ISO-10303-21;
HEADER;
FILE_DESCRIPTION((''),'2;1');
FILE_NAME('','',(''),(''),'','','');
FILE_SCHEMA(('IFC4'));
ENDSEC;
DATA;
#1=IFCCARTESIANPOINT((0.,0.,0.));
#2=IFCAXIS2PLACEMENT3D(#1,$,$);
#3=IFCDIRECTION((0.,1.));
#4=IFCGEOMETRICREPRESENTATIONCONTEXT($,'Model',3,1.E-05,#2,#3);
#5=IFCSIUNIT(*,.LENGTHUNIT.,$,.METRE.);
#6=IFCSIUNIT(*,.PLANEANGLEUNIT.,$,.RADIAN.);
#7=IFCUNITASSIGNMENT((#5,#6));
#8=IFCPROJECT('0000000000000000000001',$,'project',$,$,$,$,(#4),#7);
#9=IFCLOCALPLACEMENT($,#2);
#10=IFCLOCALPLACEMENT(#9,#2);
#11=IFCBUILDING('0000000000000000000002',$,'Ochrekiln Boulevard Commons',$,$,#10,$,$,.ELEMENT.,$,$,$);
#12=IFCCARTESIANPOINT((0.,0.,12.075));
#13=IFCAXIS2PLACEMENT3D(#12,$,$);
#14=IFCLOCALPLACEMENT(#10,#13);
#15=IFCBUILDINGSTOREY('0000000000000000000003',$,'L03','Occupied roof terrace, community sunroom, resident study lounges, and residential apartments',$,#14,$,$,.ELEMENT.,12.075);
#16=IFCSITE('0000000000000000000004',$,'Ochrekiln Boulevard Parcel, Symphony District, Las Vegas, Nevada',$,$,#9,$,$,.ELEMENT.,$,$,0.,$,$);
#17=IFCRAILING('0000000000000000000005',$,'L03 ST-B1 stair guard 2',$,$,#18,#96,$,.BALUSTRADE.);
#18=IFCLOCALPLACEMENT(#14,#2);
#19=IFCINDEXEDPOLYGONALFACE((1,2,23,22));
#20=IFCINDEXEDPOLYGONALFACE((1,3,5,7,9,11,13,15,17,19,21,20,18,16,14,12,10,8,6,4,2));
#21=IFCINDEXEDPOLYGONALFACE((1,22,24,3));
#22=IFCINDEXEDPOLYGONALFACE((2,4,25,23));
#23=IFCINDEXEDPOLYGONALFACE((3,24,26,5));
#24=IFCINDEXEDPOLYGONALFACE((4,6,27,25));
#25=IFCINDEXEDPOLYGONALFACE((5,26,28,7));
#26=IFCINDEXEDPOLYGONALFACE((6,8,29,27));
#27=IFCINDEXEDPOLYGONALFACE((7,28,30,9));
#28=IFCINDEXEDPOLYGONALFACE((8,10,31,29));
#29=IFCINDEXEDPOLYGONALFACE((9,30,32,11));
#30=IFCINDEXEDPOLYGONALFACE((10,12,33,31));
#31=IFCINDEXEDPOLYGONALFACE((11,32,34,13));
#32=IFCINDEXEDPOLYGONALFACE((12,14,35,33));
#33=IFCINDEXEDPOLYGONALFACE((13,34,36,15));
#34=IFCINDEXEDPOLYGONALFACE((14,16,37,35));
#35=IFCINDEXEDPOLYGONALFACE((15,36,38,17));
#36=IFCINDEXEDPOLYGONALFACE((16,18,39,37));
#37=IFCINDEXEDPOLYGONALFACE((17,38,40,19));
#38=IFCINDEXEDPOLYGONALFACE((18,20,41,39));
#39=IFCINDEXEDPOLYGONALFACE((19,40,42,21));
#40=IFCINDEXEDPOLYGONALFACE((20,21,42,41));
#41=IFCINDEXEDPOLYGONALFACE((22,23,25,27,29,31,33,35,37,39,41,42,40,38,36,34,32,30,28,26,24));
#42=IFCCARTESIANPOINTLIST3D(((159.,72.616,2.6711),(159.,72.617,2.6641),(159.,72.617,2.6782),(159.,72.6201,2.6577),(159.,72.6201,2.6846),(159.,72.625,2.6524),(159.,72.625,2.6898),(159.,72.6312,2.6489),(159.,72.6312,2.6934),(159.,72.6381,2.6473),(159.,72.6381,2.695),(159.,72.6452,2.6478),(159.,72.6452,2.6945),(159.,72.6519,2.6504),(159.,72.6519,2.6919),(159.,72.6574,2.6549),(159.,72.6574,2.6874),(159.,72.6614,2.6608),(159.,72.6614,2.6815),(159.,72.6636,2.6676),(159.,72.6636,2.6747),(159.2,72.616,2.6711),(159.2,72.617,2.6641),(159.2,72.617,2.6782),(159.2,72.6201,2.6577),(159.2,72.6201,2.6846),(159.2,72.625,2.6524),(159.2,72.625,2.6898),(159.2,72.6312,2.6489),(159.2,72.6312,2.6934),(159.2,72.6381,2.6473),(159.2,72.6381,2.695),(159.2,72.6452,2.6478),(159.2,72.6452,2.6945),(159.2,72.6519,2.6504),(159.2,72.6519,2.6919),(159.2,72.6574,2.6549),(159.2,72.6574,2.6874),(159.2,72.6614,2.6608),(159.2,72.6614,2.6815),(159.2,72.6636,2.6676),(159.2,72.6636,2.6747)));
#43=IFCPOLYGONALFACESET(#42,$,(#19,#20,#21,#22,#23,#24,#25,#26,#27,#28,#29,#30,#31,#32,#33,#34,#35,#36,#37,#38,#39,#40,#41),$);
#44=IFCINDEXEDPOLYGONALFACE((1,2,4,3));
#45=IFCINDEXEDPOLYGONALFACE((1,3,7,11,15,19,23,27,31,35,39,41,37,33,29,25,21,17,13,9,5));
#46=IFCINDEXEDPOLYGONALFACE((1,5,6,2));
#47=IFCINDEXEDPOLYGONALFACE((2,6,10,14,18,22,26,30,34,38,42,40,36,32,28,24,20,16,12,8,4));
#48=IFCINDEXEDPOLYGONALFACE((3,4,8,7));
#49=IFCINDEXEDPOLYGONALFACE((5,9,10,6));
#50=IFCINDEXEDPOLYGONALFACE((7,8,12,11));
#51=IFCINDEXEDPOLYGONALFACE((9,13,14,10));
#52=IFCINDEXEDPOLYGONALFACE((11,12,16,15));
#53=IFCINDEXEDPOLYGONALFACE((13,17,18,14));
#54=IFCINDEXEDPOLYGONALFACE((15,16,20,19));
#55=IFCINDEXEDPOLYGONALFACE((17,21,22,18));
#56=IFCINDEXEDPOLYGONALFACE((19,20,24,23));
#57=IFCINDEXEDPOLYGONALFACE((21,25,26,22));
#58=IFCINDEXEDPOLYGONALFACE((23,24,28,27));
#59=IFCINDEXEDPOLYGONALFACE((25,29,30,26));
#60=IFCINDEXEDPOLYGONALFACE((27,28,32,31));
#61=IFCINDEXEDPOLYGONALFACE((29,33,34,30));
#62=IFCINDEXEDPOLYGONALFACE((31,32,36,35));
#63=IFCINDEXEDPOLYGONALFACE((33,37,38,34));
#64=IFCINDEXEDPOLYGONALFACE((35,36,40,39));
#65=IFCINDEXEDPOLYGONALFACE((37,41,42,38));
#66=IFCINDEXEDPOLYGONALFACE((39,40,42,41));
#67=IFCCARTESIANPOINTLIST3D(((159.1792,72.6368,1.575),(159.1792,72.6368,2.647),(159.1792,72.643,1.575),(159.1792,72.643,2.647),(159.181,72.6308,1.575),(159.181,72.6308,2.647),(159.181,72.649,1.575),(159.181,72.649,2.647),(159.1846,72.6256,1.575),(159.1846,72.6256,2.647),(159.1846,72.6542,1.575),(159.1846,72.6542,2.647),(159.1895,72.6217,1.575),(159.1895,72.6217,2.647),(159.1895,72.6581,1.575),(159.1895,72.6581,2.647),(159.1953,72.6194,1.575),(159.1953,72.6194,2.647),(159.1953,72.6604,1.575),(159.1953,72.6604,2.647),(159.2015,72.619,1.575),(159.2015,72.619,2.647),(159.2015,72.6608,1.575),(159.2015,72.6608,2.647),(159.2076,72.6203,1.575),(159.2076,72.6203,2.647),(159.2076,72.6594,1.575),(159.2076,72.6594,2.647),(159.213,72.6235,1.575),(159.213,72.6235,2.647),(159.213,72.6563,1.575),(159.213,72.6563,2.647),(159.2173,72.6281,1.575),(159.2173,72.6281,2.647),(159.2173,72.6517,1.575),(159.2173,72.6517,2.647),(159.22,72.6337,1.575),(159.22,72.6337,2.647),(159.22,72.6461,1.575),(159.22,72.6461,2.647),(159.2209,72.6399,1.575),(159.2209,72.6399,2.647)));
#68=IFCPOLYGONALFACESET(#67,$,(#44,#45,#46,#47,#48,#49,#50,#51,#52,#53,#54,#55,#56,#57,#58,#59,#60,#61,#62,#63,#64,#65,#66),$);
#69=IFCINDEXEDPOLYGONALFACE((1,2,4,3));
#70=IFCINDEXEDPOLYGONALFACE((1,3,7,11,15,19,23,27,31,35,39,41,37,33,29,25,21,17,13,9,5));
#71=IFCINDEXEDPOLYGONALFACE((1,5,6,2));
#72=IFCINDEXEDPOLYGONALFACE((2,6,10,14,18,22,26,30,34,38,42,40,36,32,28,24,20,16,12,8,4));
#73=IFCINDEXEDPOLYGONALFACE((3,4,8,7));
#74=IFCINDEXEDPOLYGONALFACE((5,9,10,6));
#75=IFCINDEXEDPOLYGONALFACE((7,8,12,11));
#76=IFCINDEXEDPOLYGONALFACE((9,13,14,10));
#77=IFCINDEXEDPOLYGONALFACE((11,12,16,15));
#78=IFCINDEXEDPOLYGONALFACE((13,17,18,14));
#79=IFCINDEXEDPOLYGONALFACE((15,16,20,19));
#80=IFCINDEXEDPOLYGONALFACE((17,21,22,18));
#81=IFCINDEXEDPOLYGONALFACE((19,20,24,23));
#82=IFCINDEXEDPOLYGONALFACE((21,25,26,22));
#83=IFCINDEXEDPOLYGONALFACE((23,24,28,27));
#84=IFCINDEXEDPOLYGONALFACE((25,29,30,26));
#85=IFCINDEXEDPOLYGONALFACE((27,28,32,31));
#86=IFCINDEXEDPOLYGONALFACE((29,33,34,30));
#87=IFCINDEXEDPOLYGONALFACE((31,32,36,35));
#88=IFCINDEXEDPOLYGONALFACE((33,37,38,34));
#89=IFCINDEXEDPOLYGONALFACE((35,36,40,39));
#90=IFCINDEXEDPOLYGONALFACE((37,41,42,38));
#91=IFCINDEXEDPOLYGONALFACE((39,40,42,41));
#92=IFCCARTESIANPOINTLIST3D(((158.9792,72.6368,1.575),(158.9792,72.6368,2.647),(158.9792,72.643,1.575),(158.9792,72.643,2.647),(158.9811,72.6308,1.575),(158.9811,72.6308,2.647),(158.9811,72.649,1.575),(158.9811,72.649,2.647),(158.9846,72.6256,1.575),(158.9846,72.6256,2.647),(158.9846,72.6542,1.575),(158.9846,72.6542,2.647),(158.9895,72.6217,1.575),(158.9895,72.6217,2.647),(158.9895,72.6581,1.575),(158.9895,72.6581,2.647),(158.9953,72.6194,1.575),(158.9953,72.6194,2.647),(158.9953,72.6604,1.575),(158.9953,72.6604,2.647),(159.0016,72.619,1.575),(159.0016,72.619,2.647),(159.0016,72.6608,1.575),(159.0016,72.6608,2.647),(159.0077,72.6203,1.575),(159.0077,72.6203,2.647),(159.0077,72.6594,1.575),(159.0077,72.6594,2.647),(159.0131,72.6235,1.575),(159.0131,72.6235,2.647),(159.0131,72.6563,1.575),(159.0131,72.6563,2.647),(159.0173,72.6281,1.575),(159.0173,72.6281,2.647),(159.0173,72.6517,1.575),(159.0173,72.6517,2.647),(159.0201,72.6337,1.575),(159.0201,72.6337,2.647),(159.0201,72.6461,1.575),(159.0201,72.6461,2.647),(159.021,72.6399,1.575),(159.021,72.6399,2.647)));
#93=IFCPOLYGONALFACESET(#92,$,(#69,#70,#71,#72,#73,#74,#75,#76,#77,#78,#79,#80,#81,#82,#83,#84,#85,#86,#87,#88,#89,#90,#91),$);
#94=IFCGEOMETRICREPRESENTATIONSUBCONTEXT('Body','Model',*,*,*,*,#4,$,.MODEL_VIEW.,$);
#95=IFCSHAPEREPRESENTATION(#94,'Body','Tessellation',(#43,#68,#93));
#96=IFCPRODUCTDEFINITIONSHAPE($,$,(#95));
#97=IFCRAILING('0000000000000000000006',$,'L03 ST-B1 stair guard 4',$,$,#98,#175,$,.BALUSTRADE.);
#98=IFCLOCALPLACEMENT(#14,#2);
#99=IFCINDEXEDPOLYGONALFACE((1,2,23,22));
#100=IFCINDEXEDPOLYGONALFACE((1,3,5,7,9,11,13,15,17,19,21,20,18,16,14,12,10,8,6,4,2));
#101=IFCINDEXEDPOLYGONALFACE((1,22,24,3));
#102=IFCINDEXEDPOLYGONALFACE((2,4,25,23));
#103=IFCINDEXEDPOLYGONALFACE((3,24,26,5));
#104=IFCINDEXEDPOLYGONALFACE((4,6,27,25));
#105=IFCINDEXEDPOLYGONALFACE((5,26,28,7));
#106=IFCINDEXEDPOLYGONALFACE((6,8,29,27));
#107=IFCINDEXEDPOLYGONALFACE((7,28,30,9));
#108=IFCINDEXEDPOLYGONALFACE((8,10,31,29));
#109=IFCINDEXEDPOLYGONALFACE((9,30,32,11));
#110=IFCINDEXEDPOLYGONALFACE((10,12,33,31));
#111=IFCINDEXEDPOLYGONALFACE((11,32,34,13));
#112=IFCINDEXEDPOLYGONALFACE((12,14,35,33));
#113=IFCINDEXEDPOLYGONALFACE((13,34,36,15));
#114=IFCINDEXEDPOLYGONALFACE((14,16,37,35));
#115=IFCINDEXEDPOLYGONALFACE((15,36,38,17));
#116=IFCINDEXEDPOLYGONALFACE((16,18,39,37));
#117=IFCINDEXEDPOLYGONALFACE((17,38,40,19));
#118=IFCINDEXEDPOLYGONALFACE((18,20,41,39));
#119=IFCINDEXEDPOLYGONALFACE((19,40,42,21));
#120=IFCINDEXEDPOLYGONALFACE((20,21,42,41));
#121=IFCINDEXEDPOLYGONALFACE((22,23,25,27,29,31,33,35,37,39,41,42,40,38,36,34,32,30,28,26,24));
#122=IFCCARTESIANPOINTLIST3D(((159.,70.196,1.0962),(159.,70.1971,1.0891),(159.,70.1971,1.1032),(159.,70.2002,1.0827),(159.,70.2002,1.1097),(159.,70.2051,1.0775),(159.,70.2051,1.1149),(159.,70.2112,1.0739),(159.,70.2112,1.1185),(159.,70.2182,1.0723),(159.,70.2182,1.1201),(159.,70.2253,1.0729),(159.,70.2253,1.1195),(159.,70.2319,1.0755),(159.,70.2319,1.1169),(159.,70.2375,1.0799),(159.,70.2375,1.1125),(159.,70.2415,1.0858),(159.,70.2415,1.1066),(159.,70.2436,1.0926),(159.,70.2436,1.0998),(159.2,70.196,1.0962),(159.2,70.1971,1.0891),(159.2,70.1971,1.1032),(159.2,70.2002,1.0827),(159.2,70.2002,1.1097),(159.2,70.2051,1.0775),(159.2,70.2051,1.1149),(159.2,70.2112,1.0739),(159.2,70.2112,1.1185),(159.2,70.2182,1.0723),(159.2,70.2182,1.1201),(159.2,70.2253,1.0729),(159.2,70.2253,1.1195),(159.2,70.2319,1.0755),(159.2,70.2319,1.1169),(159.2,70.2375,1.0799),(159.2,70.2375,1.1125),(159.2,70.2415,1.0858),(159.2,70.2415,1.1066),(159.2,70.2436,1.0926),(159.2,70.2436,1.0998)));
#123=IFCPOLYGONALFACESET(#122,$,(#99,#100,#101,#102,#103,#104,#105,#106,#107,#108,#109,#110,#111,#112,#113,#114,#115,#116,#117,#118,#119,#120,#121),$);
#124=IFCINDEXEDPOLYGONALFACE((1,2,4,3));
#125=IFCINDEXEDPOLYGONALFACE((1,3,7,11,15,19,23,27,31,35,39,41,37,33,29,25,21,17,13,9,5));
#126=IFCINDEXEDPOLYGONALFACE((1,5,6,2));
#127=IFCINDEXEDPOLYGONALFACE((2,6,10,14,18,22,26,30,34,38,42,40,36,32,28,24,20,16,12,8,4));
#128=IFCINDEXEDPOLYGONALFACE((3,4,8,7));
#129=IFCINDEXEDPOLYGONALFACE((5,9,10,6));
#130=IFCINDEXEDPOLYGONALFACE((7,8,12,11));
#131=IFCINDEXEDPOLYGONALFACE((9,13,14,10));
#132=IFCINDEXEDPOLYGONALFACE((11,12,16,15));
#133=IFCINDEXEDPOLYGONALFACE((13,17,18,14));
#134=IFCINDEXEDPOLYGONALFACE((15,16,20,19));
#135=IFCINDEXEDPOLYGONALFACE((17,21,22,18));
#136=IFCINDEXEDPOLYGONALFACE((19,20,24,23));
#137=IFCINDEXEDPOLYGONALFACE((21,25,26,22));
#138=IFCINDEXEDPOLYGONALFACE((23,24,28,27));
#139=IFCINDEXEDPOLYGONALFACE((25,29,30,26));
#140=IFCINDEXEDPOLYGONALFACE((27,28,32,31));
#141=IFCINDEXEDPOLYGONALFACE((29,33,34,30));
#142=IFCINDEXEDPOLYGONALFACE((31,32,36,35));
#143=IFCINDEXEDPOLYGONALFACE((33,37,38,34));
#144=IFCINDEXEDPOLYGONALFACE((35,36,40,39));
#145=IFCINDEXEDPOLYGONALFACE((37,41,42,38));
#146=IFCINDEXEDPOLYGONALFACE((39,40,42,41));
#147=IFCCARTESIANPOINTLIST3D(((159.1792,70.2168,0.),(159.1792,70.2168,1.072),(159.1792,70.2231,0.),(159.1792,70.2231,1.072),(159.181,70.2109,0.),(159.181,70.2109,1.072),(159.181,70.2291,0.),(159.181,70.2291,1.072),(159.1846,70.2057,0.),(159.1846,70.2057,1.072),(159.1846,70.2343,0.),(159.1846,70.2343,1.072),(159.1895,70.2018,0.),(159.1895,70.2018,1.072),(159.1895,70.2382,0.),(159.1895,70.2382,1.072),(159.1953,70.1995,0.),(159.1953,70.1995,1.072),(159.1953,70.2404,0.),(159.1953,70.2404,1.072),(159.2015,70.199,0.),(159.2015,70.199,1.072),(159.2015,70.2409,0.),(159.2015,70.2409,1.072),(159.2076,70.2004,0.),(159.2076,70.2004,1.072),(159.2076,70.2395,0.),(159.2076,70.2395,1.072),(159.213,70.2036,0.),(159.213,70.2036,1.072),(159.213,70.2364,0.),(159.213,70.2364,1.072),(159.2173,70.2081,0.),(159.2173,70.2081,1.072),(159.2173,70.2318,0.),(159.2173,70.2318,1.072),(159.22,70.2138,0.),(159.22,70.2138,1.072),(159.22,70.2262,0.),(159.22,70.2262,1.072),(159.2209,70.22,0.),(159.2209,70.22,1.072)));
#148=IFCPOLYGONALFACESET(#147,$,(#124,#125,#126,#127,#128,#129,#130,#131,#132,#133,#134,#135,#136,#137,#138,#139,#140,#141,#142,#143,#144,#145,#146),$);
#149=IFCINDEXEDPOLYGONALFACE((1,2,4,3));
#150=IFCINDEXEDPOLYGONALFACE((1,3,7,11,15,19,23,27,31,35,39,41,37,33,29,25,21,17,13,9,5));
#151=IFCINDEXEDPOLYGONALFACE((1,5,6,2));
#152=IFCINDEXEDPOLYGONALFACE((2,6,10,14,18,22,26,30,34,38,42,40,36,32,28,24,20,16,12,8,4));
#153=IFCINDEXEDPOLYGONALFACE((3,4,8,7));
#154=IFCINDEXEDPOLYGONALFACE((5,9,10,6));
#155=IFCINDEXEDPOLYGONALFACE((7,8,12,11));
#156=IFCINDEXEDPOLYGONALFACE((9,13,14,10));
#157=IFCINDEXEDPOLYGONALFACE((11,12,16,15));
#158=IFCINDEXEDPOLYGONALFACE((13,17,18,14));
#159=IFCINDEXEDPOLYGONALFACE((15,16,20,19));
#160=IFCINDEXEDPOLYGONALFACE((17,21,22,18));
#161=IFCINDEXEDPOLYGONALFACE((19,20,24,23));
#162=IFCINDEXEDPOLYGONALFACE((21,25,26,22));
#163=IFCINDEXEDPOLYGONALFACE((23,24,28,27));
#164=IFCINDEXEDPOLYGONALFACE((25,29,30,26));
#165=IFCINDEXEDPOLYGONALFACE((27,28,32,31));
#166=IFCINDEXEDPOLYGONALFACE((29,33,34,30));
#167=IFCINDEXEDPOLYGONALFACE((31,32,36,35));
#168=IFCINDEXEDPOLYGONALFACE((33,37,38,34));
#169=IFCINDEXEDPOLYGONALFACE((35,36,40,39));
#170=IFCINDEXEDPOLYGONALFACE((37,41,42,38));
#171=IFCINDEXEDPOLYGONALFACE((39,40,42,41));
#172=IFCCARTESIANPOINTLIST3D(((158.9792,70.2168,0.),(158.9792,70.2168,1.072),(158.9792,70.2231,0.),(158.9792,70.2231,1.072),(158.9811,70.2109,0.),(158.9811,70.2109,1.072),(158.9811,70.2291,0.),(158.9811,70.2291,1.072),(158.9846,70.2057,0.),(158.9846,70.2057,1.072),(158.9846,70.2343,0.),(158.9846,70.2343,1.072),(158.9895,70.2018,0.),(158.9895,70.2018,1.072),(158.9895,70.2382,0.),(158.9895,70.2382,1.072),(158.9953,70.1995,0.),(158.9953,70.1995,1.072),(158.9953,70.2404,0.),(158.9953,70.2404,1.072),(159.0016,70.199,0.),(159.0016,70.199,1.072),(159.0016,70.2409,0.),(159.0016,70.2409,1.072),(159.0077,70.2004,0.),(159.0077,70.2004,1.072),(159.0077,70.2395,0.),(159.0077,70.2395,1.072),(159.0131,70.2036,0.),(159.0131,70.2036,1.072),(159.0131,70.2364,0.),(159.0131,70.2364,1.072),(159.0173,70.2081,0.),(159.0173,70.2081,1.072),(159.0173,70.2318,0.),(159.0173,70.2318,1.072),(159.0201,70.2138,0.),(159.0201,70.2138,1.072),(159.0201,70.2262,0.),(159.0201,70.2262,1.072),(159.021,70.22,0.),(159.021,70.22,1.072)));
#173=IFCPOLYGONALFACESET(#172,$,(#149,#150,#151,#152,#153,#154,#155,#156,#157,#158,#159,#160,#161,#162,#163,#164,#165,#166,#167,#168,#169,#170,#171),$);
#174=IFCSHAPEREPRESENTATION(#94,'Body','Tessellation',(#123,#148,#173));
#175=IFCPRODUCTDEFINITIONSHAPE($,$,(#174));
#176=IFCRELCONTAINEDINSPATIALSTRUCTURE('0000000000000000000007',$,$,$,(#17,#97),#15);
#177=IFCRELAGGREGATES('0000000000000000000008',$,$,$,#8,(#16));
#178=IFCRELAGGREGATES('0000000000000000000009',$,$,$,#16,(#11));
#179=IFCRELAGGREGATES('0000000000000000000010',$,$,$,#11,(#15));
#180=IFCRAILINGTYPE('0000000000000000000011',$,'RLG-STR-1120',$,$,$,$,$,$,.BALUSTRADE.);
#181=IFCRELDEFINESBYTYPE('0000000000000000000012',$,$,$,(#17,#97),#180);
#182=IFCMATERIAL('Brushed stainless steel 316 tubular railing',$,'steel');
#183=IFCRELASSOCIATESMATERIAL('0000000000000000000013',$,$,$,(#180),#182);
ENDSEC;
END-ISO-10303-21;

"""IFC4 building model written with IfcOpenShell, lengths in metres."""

from ifc_helpers import new_model, si_unit, direction, frame, origin, origin_2d, place, context, subcontext, project, spatial, circle, extrude, material, type_object, element, save


model = new_model("IFC4")

# Units and contexts
model_context = context("Model", 3, precision=1e-05, world=origin(), true_north=direction((0.0, 1.0)))
body_context = subcontext(model_context, "Body", "Model", "MODEL_VIEW")
ifc_project = project(units=[si_unit("LENGTHUNIT", "METRE"), si_unit("PLANEANGLEUNIT", "RADIAN")], contexts=[model_context])

# Site, building, storey
site_placement = place(None, origin())
site = spatial("IfcSite", under=ifc_project, at=site_placement, Name="Ochrekiln Boulevard Parcel, Symphony District, Las Vegas, Nevada", CompositionType="ELEMENT", RefElevation=0.0)
building_placement = place(site_placement, origin())
building = spatial("IfcBuilding", under=site, at=building_placement, Name="Ochrekiln Boulevard Commons", CompositionType="ELEMENT")
storey_placement = place(building_placement, frame((0.0, 0.0, 12.075)))
storey = spatial("IfcBuildingStorey", under=building, at=storey_placement, Name="L03", Description="Occupied roof terrace, community sunroom, resident study lounges, and residential apartments", CompositionType="ELEMENT", Elevation=12.075)

# Railings
ifc_material_1 = material(Name="Brushed stainless steel 316 tubular railing", Category="steel")
railing_type_1 = type_object("IfcRailingType", Name="RLG-STR-1120", PredefinedType="BALUSTRADE", material=ifc_material_1)
for number, where, name in (
    (1, (159.2, 72.6399, 1.575), "L03 ST-B1 stair guard 2"),
    (2, (159.2, 70.22, 0.0), "L03 ST-B1 stair guard 4"),
):
    element("IfcRailing", number, at=place(storey_placement, frame(where)), inside=storey, type_object=railing_type_1, Name=name, PredefinedType="BALUSTRADE", context=body_context, shape_type="SweptSolid", body=[
        extrude(circle(Radius=0.0239, at=origin_2d()), frame((0.0, 0.0, 1.0962), z_axis=(-1.0, 0.0, 0.0), x_axis=(0.0, -1.0, 0.0)), (0.0, 0.0, 1.0), 0.2),
        extrude(circle(Radius=0.021, at=origin_2d()), origin(), (0.0, 0.0, 1.0), 1.072),
        extrude(circle(Radius=0.021, at=origin_2d()), frame((-0.2, 0.0, 0.0)), (0.0, 0.0, 1.0), 1.072),
    ])

save(model, "model.ifc")
